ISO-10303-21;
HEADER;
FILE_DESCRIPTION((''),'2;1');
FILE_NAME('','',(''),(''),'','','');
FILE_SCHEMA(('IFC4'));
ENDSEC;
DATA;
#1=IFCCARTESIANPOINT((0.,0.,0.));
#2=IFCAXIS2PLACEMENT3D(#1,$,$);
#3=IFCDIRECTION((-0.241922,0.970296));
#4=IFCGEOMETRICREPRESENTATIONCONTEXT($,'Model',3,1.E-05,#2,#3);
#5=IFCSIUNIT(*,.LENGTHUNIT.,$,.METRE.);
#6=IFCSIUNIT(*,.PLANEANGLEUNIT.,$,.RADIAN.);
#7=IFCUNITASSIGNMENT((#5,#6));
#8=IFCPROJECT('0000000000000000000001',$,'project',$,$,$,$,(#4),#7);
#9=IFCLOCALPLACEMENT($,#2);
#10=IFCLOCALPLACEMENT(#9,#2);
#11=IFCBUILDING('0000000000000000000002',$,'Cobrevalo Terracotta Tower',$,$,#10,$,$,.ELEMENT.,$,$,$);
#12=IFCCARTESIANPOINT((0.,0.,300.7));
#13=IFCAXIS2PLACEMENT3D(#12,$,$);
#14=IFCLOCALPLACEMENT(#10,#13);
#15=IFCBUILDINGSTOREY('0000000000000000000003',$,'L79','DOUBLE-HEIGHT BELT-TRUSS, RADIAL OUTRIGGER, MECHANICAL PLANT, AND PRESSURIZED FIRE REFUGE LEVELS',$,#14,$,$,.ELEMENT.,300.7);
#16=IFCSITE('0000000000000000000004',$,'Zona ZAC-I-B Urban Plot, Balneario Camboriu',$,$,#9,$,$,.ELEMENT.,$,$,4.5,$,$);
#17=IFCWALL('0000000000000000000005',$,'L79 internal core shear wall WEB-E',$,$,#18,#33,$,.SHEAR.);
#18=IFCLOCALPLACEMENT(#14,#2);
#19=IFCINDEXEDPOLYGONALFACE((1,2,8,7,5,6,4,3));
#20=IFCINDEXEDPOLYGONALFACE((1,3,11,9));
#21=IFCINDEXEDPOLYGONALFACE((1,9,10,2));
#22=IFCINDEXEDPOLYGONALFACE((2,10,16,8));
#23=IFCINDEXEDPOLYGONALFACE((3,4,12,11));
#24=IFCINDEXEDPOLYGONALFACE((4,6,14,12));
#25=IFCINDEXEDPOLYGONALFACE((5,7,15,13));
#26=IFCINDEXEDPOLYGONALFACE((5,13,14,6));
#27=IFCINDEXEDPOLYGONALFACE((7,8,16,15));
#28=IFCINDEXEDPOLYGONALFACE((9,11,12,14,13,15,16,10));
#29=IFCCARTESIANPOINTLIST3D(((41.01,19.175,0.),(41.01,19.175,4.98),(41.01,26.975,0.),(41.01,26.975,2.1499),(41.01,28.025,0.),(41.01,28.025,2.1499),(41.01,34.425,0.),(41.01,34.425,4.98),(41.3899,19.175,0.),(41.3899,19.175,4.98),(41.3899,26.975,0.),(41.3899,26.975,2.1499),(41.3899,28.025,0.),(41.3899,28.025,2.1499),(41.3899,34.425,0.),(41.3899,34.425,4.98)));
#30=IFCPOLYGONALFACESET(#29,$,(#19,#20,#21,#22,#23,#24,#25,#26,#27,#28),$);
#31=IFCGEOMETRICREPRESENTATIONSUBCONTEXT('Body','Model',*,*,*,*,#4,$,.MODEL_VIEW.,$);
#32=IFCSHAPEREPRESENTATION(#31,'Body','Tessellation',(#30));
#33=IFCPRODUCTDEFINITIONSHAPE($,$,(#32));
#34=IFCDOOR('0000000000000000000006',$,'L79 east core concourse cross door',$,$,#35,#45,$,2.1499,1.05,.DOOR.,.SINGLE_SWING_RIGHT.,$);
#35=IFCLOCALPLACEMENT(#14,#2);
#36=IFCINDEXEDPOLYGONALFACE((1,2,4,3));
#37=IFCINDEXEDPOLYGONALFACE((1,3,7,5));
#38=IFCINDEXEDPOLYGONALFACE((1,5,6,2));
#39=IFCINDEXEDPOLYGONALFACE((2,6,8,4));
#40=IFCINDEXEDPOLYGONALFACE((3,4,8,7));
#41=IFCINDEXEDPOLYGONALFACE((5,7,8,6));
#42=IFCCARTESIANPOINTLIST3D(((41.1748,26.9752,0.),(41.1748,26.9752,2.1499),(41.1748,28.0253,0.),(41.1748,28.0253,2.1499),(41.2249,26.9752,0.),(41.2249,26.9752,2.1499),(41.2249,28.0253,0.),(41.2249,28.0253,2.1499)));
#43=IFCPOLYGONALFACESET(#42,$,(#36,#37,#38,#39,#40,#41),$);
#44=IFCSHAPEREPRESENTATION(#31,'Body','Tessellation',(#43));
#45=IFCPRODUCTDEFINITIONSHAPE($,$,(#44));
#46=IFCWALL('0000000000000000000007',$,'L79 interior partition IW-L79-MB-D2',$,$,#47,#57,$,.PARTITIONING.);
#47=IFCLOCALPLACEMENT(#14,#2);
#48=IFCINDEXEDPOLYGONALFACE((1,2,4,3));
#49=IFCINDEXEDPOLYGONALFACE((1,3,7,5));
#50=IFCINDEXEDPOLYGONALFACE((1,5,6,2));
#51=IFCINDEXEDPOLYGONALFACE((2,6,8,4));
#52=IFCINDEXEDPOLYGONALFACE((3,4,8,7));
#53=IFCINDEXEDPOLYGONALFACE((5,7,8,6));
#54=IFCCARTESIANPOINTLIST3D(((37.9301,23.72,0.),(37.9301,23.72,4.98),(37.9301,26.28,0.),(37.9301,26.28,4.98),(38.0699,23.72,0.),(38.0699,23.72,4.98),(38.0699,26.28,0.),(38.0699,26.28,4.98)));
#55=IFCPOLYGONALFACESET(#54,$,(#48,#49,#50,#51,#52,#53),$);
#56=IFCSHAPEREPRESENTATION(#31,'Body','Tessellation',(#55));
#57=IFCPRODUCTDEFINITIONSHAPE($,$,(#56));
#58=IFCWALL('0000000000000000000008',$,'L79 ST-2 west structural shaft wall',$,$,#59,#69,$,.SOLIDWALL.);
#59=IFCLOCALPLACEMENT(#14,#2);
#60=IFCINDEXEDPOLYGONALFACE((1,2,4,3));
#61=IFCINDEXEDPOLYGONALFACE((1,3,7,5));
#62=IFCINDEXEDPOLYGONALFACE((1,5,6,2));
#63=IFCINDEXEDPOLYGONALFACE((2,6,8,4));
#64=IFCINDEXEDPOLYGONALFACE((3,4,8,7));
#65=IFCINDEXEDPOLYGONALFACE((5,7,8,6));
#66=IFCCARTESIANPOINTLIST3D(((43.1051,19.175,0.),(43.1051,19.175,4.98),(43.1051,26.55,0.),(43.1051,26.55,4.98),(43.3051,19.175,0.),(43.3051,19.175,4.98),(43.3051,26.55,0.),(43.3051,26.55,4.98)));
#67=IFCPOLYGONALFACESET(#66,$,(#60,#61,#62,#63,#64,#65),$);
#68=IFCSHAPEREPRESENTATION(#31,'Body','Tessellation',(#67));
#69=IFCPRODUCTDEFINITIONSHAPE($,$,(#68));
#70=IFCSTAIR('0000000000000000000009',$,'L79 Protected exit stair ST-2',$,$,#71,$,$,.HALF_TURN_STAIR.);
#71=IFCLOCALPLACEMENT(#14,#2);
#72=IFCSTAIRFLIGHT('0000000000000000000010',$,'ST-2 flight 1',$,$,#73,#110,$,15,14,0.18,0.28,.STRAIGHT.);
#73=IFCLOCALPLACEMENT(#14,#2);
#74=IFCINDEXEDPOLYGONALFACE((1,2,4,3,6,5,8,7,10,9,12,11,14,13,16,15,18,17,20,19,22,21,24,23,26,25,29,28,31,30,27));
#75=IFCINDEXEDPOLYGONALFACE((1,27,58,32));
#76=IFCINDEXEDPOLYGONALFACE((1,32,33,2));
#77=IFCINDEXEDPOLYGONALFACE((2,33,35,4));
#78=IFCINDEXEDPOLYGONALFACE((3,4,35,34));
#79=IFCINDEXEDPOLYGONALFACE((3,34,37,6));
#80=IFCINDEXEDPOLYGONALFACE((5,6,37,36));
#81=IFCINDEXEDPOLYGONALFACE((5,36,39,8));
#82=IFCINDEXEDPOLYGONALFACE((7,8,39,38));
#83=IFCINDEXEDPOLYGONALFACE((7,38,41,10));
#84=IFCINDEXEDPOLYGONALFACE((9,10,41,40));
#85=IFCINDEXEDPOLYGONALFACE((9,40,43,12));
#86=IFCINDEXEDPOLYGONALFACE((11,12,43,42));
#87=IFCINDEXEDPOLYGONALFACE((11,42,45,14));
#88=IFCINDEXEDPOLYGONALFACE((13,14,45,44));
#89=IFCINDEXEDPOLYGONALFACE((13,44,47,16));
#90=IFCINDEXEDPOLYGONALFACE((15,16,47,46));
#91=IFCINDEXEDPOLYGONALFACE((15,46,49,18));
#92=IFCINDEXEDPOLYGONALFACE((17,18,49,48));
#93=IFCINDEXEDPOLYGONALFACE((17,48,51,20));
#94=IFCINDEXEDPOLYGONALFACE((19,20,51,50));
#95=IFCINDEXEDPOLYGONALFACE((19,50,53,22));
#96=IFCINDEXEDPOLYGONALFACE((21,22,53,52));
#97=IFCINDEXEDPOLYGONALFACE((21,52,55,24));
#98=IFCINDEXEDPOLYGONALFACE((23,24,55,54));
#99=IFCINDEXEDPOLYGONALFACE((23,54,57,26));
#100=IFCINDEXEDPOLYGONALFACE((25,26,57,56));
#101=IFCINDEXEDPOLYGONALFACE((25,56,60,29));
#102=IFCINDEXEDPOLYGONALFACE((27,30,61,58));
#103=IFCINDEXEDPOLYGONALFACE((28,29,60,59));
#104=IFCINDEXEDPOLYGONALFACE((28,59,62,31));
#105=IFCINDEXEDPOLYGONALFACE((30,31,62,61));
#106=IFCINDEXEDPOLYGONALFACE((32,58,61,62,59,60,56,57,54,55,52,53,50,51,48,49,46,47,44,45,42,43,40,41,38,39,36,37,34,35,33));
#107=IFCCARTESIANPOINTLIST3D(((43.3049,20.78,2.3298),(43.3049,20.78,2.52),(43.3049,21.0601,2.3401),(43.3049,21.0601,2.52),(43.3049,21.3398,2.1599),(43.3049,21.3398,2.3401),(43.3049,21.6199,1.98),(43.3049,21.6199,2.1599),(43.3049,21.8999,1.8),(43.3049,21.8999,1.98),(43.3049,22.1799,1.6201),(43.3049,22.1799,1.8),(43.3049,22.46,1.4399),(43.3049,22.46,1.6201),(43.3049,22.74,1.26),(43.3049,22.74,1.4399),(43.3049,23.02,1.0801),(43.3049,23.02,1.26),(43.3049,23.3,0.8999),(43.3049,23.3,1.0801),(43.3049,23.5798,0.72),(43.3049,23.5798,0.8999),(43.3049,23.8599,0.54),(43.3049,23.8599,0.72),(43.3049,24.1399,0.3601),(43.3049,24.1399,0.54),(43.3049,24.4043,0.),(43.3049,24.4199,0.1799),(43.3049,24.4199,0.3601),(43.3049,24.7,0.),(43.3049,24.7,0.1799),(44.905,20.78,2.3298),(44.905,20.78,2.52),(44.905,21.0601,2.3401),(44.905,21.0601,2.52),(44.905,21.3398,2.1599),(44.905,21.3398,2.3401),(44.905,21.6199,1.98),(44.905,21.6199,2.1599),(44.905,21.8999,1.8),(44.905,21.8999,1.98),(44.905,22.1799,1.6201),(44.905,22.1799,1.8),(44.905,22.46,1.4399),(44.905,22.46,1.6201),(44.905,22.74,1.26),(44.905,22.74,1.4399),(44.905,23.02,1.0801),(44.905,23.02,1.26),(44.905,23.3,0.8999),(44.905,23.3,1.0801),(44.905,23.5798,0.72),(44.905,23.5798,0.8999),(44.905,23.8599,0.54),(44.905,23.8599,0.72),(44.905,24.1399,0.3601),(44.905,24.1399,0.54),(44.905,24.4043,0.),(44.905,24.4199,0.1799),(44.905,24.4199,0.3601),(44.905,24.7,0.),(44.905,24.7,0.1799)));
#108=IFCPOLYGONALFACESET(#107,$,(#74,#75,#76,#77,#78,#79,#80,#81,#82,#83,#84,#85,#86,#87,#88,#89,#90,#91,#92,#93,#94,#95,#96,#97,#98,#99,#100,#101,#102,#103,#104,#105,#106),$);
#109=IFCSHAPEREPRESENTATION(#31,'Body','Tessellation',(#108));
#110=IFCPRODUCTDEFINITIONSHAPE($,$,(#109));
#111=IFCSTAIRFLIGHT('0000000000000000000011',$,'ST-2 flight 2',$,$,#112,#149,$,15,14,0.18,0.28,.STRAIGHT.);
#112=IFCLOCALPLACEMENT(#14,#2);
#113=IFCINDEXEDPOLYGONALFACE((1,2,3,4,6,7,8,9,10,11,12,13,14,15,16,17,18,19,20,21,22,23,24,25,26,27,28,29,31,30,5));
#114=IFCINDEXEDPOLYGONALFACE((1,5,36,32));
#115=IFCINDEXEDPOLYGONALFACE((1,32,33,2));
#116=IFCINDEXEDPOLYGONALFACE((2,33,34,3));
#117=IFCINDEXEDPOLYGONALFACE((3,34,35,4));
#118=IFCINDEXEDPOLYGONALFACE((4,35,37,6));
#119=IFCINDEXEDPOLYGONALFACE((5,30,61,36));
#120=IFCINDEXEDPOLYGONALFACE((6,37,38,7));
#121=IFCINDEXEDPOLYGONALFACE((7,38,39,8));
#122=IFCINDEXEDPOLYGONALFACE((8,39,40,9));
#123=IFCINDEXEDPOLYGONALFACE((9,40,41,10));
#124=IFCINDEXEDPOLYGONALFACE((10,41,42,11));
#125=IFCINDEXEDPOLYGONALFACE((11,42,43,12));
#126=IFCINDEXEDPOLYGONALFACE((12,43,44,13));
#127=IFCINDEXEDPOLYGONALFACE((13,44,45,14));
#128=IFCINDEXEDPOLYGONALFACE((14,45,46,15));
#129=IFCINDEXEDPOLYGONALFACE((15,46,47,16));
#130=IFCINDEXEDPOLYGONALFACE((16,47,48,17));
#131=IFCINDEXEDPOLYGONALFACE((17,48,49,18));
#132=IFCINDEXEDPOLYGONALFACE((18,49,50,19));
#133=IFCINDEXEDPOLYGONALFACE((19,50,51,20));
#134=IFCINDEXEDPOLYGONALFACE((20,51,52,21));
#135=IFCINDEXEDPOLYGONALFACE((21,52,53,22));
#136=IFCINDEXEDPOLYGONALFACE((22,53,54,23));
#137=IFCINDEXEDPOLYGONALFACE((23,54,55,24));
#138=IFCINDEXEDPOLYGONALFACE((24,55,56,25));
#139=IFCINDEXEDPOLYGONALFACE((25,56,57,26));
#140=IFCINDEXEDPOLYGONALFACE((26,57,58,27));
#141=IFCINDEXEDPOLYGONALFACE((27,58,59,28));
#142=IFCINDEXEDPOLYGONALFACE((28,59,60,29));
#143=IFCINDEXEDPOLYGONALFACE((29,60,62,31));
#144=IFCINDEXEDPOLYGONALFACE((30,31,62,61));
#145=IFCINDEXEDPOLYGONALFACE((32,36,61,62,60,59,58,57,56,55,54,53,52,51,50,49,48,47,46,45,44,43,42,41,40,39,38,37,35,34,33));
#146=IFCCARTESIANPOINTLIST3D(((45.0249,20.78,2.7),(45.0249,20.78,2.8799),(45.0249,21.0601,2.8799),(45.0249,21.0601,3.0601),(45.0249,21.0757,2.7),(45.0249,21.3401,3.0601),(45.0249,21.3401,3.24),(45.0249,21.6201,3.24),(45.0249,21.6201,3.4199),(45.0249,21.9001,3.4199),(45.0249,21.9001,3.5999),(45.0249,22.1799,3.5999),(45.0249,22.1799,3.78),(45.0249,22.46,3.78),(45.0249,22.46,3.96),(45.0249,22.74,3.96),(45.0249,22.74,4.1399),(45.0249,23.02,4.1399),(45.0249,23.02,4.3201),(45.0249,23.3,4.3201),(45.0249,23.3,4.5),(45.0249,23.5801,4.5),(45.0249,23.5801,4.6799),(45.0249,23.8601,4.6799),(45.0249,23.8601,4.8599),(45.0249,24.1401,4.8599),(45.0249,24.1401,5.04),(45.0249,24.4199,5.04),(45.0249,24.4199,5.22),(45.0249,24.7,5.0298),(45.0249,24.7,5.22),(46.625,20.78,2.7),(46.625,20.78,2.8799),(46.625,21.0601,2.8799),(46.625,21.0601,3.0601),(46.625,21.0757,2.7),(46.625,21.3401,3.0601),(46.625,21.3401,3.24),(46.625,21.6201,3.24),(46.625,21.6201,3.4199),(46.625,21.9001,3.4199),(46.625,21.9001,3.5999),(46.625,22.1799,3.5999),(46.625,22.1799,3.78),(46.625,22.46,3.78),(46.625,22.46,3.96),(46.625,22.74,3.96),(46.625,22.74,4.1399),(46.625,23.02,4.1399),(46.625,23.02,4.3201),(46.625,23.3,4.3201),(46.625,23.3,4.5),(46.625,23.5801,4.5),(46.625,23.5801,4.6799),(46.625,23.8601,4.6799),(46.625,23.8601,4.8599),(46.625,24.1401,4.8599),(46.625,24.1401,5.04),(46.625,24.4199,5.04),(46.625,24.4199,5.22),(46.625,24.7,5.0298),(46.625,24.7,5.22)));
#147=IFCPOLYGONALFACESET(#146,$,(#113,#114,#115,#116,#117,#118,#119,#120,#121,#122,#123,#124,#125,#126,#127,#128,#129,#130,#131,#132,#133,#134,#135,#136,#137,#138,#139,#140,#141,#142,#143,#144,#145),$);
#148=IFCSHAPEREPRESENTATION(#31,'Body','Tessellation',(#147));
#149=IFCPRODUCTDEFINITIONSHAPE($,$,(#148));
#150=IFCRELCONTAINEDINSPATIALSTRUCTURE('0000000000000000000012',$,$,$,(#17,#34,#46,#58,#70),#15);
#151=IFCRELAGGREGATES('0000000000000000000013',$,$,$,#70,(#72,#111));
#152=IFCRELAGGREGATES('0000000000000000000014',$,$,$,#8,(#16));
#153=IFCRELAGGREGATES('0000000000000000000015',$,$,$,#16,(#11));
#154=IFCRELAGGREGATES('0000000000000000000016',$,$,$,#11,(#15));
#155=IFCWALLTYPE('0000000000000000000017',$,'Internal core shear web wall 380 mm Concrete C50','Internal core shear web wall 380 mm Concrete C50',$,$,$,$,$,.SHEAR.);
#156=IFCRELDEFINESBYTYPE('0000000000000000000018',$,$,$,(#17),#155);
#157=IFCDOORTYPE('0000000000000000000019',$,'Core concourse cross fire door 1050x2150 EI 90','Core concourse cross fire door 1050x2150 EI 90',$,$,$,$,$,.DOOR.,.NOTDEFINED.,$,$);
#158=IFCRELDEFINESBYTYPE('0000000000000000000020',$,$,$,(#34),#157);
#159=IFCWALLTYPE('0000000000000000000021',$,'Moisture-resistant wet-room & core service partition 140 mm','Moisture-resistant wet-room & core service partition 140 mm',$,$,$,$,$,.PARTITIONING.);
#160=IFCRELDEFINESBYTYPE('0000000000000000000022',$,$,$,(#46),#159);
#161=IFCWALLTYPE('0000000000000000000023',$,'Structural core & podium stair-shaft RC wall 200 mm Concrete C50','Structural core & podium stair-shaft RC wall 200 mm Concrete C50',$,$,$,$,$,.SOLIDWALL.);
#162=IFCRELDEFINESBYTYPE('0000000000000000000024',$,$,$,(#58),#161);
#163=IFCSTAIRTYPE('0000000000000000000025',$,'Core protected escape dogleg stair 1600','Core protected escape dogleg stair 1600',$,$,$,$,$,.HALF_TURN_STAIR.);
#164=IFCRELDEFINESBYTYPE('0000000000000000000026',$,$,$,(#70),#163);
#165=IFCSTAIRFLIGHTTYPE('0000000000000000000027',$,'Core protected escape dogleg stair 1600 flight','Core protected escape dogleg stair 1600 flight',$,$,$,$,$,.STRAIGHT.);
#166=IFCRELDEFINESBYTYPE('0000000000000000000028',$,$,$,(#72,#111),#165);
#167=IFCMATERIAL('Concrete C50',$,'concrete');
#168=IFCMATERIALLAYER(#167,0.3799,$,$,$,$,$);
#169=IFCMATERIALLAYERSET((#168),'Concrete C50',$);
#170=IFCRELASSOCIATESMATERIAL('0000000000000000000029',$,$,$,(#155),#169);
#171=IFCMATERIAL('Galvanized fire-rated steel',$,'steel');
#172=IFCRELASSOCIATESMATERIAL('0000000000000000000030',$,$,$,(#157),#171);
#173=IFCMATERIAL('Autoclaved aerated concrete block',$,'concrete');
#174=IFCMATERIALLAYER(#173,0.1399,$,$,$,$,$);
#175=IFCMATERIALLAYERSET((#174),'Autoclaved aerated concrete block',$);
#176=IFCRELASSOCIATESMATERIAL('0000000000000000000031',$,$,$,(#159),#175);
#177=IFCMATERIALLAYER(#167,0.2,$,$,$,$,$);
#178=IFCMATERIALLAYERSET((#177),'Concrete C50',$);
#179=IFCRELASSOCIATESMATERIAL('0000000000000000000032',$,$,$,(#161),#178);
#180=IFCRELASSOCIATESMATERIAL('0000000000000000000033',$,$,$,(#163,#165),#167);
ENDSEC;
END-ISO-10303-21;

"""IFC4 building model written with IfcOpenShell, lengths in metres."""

from ifc_helpers import new_model, si_unit, direction, frame, frame_2d, origin, place, context, subcontext, project, spatial, polyline, rectangle, outline, extrude, source, transform, mapped, material, layer, layer_set, type_object, element, fill, aggregate, save


model = new_model("IFC4")

# Units and contexts
model_context = context("Model", 3, precision=1e-05, world=origin(), true_north=direction((-0.241922, 0.970296)))
body_context = subcontext(model_context, "Body", "Model", "MODEL_VIEW")
ifc_project = project(units=[si_unit("LENGTHUNIT", "METRE"), si_unit("PLANEANGLEUNIT", "RADIAN")], contexts=[model_context])

# Site, building, storey
site_placement = place(None, origin())
site = spatial("IfcSite", under=ifc_project, at=site_placement, Name="Zona ZAC-I-B Urban Plot, Balneario Camboriu", CompositionType="ELEMENT", RefElevation=4.5)
building_placement = place(site_placement, origin())
building = spatial("IfcBuilding", under=site, at=building_placement, Name="Cobrevalo Terracotta Tower", CompositionType="ELEMENT")
storey_placement = place(building_placement, frame((0.0, 0.0, 300.7)))
storey = spatial("IfcBuildingStorey", under=building, at=storey_placement, Name="L79", Description="DOUBLE-HEIGHT BELT-TRUSS, RADIAL OUTRIGGER, MECHANICAL PLANT, AND PRESSURIZED FIRE REFUGE LEVELS", CompositionType="ELEMENT", Elevation=300.7)

# Shared definitions
ifc_material_1 = material(Name="Concrete C50", Category="concrete")

# Shared definitions
ifc_material_2 = material(Name="Galvanized fire-rated steel", Category="steel")

# Shared definitions
ifc_material_3 = material(Name="Autoclaved aerated concrete block", Category="concrete")

# Wall, opening, door
ifc_layer_1 = layer(ifc_material_1, 0.3799)
ifc_layer_set_1 = layer_set([ifc_layer_1], Name="Concrete C50")
wall_type_1 = type_object("IfcWallType", Name="Internal core shear web wall 380 mm Concrete C50", Description="Internal core shear web wall 380 mm Concrete C50", PredefinedType="SHEAR", material=ifc_layer_set_1)
wall_1_placement = place(storey_placement, frame((41.2, 19.175, 0.0), z_axis=(0.0, 0.0, 1.0), x_axis=(0.0, 1.0, 0.0)))
wall_1 = element("IfcWall", 1, at=wall_1_placement, inside=storey, type_object=wall_type_1, Name="L79 internal core shear wall WEB-E", PredefinedType="SHEAR", context=body_context, shape_type="SweptSolid", body=[
    extrude(rectangle(XDim=15.25, YDim=0.3799, at=frame_2d((7.625, 0.0))), origin(), (0.0, 0.0, 1.0), 4.98),
])
opening_1_placement = place(wall_1_placement, frame((7.8, 0.0, 0.0)))
opening_1 = element("IfcOpeningElement", 2, at=opening_1_placement, cuts=wall_1, PredefinedType="OPENING", context=body_context, shape_type="SweptSolid", body=[
    extrude(rectangle(XDim=1.05, YDim=2.1499, at=frame_2d((0.5249, 1.075))), frame((0.0, 0.2, 0.0), z_axis=(0.0, -1.0, 0.0), x_axis=(1.0, 0.0, 0.0)), (0.0, 0.0, 1.0), 0.3999),
])
door_type_1 = type_object("IfcDoorType", Name="Core concourse cross fire door 1050x2150 EI 90", Description="Core concourse cross fire door 1050x2150 EI 90", OperationType="NOTDEFINED", PredefinedType="DOOR", material=ifc_material_2)
shared_shape_1 = source(origin(), body_context, "Body", "SweptSolid", [
    extrude(rectangle(XDim=1.05, YDim=2.1499, at=frame_2d((0.5249, 1.075))), frame((0.0, 0.0249, 0.0), z_axis=(0.0, -1.0, 0.0), x_axis=(1.0, 0.0, 0.0)), (0.0, 0.0, 1.0), 0.05),
])
door_1_placement = place(opening_1_placement, frame((1.05, 0.0, 0.0), z_axis=(0.0, 0.0, 1.0), x_axis=(-1.0, 0.0, 0.0)))
door_1 = element("IfcDoor", 3, at=door_1_placement, inside=storey, type_object=door_type_1, Name="L79 east core concourse cross door", OperationType="SINGLE_SWING_RIGHT", OverallHeight=2.1499, OverallWidth=1.05, PredefinedType="DOOR", context=body_context, shape_type="MappedRepresentation", body=[
    mapped(shared_shape_1, transform((0.0, 0.0, 0.0), scale=1.0)),
])
fill(opening_1, door_1)

# Walls
ifc_layer_2 = layer(ifc_material_3, 0.1399)
ifc_layer_set_2 = layer_set([ifc_layer_2], Name="Autoclaved aerated concrete block")
wall_type_2 = type_object("IfcWallType", Name="Moisture-resistant wet-room & core service partition 140 mm", Description="Moisture-resistant wet-room & core service partition 140 mm", PredefinedType="PARTITIONING", material=ifc_layer_set_2)
wall_2_placement = place(storey_placement, frame((38.0, 23.72, 0.0), z_axis=(0.0, 0.0, 1.0), x_axis=(0.0, 1.0, 0.0)))
element("IfcWall", 4, at=wall_2_placement, inside=storey, type_object=wall_type_2, Name="L79 interior partition IW-L79-MB-D2", PredefinedType="PARTITIONING", context=body_context, shape_type="SweptSolid", body=[
    extrude(rectangle(XDim=2.5601, YDim=0.1399, at=frame_2d((1.28, 0.0))), origin(), (0.0, 0.0, 1.0), 4.98),
])
ifc_layer_3 = layer(ifc_material_1, 0.2)
ifc_layer_set_3 = layer_set([ifc_layer_3], Name="Concrete C50")
wall_type_3 = type_object("IfcWallType", Name="Structural core & podium stair-shaft RC wall 200 mm Concrete C50", Description="Structural core & podium stair-shaft RC wall 200 mm Concrete C50", PredefinedType="SOLIDWALL", material=ifc_layer_set_3)
wall_3_placement = place(storey_placement, frame((43.2051, 19.175, 0.0), z_axis=(0.0, 0.0, 1.0), x_axis=(0.0, 1.0, 0.0)))
element("IfcWall", 5, at=wall_3_placement, inside=storey, type_object=wall_type_3, Name="L79 ST-2 west structural shaft wall", PredefinedType="SOLIDWALL", context=body_context, shape_type="SweptSolid", body=[
    extrude(rectangle(XDim=7.375, YDim=0.2, at=frame_2d((3.6875, 0.0))), origin(), (0.0, 0.0, 1.0), 4.98),
])

# Stair, stair flights
stair_type = type_object("IfcStairType", Name="Core protected escape dogleg stair 1600", Description="Core protected escape dogleg stair 1600", PredefinedType="HALF_TURN_STAIR", material=ifc_material_1)
stair_placement = place(storey_placement, origin())
stair = element("IfcStair", 6, at=stair_placement, inside=storey, type_object=stair_type, Name="L79 Protected exit stair ST-2", PredefinedType="HALF_TURN_STAIR")
stair_flight_type = type_object("IfcStairFlightType", Name="Core protected escape dogleg stair 1600 flight", Description="Core protected escape dogleg stair 1600 flight", PredefinedType="STRAIGHT", material=ifc_material_1)
stair_flight_1_placement = place(storey_placement, frame((44.105, 24.7, 0.0), z_axis=(0.0, 0.0, 1.0), x_axis=(0.0, -1.0, 0.0)))
stair_flight_1 = element("IfcStairFlight", 7, at=stair_flight_1_placement, type_object=stair_flight_type, Name="ST-2 flight 1", NumberOfRisers=15, NumberOfTreads=14, PredefinedType="STRAIGHT", RiserHeight=0.18, TreadLength=0.28, context=body_context, shape_type="SweptSolid", body=[
    extrude(outline(polyline([(0.0, 0.0), (0.0, 0.1799), (0.28, 0.1799), (0.28, 0.3601), (0.5601, 0.3601), (0.5601, 0.54), (0.8401, 0.54), (0.8401, 0.72), (1.1201, 0.72), (1.1201, 0.8999), (1.3999, 0.8999), (1.3999, 1.0801), (1.6799, 1.0801), (1.6799, 1.26), (1.96, 1.26), (1.96, 1.4399), (2.24, 1.4399), (2.24, 1.6201), (2.52, 1.6201), (2.52, 1.8), (2.8, 1.8), (2.8, 1.98), (3.0801, 1.98), (3.0801, 2.1599), (3.3601, 2.1599), (3.3601, 2.3401), (3.6399, 2.3401), (3.6399, 2.52), (3.9199, 2.52), (3.9199, 2.7), (3.9199, 2.3298), (0.2957, 0.0), (0.0, 0.0)])), frame((0.0, 0.8, 0.0), z_axis=(0.0, -1.0, 0.0), x_axis=(1.0, 0.0, 0.0)), (0.0, 0.0, 1.0), 1.6001),
])
stair_flight_2_placement = place(storey_placement, frame((45.825, 20.78, 2.7), z_axis=(0.0, 0.0, 1.0), x_axis=(0.0, 1.0, 0.0)))
stair_flight_2 = element("IfcStairFlight", 8, at=stair_flight_2_placement, type_object=stair_flight_type, Name="ST-2 flight 2", NumberOfRisers=15, NumberOfTreads=14, PredefinedType="STRAIGHT", RiserHeight=0.18, TreadLength=0.28, context=body_context, shape_type="SweptSolid", body=[
    extrude(outline(polyline([(0.0, 0.0), (0.0, 0.1799), (0.28, 0.1799), (0.28, 0.3601), (0.5601, 0.3601), (0.5601, 0.54), (0.8401, 0.54), (0.8401, 0.72), (1.1201, 0.72), (1.1201, 0.8999), (1.3999, 0.8999), (1.3999, 1.0801), (1.6799, 1.0801), (1.6799, 1.26), (1.96, 1.26), (1.96, 1.4399), (2.24, 1.4399), (2.24, 1.6201), (2.52, 1.6201), (2.52, 1.8), (2.8, 1.8), (2.8, 1.98), (3.0801, 1.98), (3.0801, 2.1599), (3.3601, 2.1599), (3.3601, 2.3401), (3.6399, 2.3401), (3.6399, 2.52), (3.9199, 2.52), (3.9199, 2.7), (3.9199, 2.3298), (0.2957, 0.0), (0.0, 0.0)])), frame((0.0, 0.8, 0.0), z_axis=(0.0, -1.0, 0.0), x_axis=(1.0, 0.0, 0.0)), (0.0, 0.0, 1.0), 1.6001),
])
aggregate(stair, [stair_flight_1, stair_flight_2])

save(model, "model.ifc")
